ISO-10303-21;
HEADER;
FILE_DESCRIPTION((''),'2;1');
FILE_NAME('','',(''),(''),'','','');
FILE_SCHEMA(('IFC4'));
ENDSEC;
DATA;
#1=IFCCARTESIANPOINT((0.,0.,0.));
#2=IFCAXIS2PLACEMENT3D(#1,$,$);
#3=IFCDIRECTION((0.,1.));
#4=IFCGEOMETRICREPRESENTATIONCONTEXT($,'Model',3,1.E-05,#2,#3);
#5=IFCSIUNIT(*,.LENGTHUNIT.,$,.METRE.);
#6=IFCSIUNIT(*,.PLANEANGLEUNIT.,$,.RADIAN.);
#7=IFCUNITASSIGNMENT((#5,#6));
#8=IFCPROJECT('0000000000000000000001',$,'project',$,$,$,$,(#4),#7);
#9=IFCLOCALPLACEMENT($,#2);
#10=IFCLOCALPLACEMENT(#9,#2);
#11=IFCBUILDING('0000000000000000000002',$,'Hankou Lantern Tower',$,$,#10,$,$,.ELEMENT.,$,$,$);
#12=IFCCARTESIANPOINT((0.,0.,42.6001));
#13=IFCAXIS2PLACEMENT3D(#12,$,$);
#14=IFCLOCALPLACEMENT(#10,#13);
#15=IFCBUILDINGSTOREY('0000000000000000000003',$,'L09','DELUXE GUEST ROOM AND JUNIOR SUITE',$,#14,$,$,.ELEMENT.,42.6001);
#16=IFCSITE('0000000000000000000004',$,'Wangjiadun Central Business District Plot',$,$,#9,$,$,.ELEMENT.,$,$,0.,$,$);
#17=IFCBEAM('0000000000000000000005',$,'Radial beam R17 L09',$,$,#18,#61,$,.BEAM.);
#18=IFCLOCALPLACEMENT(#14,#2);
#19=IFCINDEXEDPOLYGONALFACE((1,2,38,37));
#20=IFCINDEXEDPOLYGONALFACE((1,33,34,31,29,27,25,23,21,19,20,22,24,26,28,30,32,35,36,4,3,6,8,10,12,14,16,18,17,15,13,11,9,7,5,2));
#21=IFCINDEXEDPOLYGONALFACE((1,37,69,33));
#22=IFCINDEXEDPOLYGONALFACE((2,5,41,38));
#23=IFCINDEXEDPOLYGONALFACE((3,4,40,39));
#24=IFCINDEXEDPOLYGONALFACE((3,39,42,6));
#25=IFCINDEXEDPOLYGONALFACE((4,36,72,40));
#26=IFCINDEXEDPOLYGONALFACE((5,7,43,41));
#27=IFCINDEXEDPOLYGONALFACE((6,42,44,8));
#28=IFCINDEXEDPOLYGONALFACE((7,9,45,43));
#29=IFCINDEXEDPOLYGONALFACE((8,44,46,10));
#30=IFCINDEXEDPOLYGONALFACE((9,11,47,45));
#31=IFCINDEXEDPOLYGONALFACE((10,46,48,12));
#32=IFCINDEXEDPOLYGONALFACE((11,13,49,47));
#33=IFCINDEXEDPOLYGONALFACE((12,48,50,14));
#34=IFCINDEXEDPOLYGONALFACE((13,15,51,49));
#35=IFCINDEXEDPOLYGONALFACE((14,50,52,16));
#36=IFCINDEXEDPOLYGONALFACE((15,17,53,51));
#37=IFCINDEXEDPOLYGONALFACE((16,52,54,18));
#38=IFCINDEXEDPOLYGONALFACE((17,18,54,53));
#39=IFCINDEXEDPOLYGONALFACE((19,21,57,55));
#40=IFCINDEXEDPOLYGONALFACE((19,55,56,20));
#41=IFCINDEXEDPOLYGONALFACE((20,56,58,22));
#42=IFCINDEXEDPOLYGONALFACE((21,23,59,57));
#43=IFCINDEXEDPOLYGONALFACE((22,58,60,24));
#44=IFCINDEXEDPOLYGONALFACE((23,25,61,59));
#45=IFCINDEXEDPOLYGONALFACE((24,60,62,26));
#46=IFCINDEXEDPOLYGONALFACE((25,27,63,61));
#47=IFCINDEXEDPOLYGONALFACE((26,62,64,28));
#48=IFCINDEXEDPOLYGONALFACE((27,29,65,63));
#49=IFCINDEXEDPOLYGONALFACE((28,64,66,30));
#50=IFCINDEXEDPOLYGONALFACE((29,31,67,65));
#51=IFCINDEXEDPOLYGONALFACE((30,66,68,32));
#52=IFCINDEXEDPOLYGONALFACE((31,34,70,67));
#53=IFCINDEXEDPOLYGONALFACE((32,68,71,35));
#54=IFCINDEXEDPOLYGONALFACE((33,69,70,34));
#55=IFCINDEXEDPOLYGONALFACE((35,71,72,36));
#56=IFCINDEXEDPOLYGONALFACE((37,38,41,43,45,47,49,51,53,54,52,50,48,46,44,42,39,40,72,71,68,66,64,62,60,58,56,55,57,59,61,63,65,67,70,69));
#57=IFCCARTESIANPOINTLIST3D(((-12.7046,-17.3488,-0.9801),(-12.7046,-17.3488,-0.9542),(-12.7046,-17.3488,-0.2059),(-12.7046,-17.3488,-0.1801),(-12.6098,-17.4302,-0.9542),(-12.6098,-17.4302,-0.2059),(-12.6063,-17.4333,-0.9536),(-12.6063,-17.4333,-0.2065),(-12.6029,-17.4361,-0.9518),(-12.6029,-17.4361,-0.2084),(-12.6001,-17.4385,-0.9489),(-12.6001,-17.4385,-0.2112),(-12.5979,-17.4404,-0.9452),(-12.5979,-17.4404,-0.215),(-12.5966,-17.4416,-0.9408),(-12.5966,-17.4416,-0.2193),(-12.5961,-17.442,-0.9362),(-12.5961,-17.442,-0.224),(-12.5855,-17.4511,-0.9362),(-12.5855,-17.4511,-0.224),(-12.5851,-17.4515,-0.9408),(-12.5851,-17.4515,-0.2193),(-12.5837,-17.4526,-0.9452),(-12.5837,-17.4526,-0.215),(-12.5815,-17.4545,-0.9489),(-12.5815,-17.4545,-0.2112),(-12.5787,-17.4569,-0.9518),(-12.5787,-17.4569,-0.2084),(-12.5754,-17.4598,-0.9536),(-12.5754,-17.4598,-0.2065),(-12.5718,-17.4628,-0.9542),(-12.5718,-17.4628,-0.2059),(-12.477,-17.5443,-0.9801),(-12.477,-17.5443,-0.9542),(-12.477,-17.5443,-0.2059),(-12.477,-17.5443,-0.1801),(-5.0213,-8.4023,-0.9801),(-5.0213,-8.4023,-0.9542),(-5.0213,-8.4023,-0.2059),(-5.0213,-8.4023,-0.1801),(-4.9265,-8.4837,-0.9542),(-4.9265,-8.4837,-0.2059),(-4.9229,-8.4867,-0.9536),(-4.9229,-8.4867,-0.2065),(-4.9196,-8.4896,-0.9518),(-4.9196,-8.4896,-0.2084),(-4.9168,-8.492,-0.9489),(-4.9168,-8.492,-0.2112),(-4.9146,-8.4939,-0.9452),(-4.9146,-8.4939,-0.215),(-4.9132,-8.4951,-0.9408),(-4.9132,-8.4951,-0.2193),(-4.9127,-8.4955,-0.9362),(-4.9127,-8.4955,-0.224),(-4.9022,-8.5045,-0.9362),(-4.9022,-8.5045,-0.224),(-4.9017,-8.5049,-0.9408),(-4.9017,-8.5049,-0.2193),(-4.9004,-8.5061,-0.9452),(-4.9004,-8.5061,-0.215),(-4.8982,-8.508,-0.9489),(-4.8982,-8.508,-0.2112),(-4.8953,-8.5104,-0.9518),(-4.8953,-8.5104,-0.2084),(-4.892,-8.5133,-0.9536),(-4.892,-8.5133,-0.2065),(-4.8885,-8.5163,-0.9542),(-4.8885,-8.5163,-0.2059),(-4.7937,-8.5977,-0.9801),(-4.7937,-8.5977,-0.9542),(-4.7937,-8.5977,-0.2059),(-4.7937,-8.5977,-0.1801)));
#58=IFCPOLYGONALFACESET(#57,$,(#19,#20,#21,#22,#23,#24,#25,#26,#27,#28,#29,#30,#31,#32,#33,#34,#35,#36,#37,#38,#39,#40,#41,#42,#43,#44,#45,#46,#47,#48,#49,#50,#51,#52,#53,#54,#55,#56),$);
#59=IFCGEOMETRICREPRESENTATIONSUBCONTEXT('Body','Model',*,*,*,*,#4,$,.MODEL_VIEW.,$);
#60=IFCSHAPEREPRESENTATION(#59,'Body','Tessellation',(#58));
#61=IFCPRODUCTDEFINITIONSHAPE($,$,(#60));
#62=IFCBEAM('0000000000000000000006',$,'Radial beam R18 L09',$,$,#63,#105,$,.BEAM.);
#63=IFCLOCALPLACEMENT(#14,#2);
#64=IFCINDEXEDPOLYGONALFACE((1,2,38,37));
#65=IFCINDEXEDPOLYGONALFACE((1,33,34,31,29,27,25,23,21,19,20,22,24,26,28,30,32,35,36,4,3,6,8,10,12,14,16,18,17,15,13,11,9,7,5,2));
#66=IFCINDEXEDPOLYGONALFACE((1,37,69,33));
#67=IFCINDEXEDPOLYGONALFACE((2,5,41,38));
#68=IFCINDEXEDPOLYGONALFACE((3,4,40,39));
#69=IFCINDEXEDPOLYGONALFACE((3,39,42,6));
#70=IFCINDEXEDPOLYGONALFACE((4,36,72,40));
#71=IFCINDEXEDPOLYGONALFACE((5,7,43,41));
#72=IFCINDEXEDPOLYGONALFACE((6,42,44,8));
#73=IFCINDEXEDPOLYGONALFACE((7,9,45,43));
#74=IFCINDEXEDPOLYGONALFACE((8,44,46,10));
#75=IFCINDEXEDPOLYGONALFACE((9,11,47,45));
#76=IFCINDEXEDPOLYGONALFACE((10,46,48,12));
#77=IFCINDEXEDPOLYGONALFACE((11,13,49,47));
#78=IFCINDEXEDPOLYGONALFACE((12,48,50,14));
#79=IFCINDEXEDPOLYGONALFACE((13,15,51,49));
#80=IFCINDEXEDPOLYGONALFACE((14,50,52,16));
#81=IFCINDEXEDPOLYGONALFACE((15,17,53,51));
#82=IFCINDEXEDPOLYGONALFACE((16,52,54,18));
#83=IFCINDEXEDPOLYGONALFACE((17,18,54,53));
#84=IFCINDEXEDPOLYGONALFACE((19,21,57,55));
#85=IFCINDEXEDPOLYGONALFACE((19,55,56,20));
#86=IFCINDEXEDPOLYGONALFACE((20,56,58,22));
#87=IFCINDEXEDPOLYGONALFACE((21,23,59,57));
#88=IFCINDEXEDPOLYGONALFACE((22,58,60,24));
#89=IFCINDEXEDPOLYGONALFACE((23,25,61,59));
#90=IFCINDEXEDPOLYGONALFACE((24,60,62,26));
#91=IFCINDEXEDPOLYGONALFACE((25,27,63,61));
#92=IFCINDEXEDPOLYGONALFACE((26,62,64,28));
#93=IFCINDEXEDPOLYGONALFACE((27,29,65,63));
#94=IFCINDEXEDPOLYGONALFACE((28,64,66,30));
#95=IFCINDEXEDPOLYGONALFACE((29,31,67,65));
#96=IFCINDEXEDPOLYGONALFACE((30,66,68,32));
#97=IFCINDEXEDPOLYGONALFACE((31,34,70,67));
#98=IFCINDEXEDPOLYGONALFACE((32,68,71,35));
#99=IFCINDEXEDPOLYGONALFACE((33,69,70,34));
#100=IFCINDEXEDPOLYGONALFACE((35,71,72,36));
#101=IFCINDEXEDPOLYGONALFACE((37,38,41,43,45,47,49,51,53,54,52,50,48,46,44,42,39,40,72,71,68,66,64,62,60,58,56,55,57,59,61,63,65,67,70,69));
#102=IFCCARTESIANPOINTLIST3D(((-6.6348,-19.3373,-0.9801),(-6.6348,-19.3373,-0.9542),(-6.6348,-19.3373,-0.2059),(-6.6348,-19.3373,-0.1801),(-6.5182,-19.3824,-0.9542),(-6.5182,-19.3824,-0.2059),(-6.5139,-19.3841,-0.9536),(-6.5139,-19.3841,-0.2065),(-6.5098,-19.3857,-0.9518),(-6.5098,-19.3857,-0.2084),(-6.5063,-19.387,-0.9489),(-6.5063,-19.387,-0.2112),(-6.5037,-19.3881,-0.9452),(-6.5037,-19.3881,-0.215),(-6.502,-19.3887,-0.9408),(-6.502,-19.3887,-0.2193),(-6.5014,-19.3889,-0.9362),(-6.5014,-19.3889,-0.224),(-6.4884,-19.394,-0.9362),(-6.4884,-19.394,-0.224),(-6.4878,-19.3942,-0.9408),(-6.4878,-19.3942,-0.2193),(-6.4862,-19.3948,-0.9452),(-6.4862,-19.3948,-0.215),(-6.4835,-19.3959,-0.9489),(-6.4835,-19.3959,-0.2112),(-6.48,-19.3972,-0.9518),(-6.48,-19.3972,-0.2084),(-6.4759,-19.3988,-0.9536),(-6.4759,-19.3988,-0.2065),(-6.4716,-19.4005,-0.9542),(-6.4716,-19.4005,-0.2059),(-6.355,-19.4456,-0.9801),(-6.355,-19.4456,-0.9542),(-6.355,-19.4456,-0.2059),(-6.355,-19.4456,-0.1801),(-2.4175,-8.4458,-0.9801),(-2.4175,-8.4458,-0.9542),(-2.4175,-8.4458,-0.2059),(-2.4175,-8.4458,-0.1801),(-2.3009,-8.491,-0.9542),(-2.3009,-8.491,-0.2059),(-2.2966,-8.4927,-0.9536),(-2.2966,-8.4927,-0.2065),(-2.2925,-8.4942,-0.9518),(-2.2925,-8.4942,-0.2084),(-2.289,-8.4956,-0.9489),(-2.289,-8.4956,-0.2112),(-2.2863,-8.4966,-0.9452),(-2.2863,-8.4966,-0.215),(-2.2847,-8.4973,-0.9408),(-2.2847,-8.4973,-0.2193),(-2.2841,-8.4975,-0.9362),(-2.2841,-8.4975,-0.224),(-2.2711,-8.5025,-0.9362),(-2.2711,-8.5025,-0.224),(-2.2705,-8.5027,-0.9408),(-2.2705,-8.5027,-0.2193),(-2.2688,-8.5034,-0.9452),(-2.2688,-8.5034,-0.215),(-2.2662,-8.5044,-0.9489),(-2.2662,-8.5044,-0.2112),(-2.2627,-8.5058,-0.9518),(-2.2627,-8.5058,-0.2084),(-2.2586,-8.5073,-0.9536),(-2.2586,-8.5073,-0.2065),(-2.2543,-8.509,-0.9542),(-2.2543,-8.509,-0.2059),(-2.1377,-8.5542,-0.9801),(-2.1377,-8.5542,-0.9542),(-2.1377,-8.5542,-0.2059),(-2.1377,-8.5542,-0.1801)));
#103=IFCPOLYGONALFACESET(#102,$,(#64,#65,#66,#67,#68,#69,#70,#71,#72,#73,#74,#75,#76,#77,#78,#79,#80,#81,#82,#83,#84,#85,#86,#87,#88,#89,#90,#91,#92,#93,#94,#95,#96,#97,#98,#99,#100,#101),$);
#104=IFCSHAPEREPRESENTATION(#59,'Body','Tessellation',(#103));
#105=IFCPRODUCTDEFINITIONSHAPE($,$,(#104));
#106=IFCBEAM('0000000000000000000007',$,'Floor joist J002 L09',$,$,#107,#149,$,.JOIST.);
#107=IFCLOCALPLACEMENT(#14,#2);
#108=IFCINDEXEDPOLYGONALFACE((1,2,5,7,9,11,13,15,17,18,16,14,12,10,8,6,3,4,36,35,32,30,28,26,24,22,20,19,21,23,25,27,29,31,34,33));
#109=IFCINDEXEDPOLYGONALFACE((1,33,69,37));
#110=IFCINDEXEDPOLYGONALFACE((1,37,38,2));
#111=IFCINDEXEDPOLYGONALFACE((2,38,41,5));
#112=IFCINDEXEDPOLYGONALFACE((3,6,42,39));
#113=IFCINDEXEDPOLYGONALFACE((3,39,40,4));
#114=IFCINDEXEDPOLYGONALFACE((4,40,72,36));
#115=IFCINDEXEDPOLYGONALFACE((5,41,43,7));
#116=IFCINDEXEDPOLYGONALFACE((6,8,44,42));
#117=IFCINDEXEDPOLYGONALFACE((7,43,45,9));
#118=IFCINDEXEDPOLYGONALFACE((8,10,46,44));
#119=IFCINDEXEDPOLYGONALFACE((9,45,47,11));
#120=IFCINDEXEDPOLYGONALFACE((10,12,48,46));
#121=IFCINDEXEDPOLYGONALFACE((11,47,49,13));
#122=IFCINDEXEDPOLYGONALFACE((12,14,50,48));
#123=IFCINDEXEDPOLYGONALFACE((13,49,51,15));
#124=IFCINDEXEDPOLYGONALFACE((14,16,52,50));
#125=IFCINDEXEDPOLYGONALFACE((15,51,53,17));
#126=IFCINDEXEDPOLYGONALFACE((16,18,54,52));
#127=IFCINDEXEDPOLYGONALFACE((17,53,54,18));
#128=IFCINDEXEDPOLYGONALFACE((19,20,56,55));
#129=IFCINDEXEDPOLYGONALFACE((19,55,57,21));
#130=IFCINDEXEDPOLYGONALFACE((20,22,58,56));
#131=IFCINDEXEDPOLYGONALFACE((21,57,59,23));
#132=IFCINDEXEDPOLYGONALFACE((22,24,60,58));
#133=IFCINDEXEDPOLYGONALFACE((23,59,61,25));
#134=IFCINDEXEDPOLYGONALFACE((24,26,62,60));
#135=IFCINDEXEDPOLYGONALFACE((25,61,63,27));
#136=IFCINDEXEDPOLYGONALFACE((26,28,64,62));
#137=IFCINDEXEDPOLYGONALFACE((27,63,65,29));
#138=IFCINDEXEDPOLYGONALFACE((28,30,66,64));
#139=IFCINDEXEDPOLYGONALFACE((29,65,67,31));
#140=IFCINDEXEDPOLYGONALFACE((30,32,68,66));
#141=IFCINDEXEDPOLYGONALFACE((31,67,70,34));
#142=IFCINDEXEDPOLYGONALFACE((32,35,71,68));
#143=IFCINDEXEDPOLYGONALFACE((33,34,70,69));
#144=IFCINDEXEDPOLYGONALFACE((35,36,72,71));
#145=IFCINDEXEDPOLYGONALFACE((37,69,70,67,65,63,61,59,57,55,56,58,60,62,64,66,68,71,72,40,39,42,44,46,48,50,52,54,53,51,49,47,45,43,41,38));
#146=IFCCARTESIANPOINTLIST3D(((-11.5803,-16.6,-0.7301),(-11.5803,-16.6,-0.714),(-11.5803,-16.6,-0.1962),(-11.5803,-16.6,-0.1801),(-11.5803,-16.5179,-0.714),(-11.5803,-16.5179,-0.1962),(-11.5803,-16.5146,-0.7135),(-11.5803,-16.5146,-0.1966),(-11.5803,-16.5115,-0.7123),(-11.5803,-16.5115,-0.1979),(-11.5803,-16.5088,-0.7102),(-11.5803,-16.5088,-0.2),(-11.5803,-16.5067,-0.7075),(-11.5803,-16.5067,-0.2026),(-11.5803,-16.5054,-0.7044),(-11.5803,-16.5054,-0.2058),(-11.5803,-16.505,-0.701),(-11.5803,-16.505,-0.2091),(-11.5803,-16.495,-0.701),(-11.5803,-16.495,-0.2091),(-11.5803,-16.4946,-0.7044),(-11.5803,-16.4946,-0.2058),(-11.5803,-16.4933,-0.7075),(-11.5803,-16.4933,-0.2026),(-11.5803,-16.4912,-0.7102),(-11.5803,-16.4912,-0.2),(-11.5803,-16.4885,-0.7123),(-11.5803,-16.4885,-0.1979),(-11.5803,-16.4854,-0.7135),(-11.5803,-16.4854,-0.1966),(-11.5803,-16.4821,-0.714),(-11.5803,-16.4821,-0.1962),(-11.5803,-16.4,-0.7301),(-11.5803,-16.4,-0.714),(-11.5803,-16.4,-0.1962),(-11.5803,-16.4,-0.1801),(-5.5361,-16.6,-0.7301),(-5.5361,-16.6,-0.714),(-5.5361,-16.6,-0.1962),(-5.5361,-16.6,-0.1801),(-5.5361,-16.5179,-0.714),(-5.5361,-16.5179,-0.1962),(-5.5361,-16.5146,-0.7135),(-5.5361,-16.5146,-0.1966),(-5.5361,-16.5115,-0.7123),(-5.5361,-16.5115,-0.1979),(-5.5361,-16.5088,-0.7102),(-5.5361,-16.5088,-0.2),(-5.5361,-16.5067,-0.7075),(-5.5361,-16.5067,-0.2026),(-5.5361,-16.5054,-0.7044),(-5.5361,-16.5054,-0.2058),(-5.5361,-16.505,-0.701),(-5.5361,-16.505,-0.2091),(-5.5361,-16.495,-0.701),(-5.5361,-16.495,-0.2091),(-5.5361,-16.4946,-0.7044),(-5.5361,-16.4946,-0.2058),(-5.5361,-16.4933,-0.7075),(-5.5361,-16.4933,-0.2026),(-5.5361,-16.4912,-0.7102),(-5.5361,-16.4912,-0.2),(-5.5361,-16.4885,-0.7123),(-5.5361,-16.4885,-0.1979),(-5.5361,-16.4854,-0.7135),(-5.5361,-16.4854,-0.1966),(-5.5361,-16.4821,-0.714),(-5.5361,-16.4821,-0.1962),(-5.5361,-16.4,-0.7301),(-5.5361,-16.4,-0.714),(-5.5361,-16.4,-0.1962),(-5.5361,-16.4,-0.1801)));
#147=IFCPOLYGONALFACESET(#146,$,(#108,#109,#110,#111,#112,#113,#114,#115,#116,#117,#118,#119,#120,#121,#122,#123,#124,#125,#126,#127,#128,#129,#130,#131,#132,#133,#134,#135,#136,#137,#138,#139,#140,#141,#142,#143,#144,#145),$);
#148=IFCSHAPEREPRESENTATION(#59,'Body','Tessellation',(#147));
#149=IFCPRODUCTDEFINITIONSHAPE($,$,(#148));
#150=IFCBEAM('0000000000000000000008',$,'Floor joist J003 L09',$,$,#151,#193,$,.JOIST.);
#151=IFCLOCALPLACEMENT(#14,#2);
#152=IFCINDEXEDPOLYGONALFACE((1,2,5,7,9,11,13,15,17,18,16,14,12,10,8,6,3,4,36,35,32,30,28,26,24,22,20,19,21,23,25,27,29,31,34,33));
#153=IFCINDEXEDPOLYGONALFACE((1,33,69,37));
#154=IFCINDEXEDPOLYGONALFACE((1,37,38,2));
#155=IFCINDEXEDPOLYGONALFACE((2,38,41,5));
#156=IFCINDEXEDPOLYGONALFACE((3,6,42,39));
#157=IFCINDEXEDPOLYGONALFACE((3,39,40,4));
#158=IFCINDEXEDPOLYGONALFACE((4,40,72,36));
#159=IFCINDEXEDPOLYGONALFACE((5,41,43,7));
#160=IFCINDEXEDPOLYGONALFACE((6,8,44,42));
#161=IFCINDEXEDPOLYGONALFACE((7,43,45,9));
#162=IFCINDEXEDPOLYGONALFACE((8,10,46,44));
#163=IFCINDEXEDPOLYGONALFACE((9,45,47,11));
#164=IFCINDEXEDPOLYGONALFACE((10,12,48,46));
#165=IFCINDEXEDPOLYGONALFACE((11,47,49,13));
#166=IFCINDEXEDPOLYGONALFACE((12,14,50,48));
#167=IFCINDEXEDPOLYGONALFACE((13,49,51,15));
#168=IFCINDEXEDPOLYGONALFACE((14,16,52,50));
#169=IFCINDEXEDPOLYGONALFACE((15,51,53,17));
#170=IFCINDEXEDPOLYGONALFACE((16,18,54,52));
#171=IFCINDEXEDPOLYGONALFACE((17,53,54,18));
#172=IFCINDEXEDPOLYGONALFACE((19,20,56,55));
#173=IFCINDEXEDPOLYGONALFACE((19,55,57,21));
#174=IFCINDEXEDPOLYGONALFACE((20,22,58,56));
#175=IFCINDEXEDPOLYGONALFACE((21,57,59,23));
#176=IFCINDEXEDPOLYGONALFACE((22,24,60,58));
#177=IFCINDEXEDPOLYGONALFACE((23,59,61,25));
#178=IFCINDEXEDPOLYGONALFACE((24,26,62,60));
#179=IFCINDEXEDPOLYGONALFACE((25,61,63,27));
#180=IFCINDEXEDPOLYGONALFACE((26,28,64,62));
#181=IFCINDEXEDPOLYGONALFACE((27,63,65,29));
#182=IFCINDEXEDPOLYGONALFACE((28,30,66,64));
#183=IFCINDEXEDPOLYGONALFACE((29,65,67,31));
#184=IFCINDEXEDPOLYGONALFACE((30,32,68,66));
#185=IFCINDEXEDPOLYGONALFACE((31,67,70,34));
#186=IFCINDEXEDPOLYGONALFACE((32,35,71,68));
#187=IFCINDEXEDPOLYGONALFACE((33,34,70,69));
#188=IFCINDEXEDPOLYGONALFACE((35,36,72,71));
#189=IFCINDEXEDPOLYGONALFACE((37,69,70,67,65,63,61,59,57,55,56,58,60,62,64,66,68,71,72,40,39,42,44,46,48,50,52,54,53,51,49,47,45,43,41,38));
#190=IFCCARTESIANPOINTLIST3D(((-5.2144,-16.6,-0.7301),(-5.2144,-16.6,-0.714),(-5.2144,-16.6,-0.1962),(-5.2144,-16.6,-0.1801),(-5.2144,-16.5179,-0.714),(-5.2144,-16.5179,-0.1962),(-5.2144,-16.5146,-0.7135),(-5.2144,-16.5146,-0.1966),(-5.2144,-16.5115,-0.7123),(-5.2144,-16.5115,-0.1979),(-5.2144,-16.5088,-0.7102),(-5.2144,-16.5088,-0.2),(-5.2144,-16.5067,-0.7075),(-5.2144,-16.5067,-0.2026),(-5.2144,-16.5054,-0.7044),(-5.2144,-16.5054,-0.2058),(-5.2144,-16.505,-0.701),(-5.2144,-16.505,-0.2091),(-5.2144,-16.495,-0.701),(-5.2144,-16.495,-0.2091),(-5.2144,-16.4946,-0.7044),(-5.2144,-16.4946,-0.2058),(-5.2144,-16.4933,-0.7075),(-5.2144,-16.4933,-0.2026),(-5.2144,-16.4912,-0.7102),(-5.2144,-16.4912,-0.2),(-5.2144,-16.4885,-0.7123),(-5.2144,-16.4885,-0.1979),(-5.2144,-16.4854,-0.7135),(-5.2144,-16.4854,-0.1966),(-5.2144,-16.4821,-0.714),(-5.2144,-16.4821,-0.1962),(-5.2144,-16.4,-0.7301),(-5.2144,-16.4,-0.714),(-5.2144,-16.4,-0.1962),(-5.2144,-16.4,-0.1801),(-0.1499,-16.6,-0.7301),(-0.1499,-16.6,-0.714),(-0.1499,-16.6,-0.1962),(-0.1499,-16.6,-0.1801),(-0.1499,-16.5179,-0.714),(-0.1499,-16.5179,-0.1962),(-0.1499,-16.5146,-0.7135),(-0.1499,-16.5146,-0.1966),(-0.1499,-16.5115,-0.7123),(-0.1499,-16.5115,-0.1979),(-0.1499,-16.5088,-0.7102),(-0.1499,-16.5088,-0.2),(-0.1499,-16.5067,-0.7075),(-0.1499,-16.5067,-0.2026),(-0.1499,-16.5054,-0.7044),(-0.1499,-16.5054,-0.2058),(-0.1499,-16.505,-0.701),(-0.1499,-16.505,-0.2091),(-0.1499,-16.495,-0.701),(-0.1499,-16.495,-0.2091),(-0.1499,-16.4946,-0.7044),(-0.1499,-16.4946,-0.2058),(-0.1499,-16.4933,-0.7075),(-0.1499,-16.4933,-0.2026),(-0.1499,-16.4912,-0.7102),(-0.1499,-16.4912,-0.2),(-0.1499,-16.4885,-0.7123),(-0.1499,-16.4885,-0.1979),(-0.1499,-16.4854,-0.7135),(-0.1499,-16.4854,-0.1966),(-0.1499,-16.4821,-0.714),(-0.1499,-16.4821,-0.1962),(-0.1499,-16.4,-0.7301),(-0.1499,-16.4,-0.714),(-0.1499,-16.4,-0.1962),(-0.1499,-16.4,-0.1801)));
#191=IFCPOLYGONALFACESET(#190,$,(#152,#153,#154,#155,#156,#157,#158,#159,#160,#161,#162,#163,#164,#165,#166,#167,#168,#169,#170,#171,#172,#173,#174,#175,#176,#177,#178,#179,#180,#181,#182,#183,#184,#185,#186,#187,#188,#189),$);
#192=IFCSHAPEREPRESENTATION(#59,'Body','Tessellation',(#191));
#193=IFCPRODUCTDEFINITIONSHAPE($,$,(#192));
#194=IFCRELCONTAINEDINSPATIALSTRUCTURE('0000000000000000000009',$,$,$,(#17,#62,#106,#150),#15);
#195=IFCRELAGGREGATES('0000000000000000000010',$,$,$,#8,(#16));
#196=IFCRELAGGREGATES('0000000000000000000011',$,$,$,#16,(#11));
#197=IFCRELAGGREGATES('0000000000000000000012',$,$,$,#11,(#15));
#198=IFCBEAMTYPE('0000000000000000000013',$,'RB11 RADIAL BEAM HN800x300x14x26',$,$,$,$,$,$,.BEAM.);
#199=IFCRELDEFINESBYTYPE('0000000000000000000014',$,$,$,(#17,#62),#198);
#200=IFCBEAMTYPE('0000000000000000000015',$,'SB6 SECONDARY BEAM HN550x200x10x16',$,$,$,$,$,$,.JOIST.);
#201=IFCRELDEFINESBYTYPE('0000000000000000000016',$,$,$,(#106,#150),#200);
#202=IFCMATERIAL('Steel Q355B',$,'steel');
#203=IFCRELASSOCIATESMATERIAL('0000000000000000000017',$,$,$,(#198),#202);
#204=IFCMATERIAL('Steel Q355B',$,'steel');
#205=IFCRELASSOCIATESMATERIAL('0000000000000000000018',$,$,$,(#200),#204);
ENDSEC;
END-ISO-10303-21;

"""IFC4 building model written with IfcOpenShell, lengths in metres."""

from ifc_helpers import new_model, si_unit, direction, frame, origin, origin_2d, place, context, subcontext, project, spatial, i_section, extrude, material, material_profile, profile_set, type_object, element, save


model = new_model("IFC4")

# Units and contexts
model_context = context("Model", 3, precision=1e-05, world=origin(), true_north=direction((0.0, 1.0)))
body_context = subcontext(model_context, "Body", "Model", "MODEL_VIEW")
ifc_project = project(units=[si_unit("LENGTHUNIT", "METRE"), si_unit("PLANEANGLEUNIT", "RADIAN")], contexts=[model_context])

# Site, building, storey
site_placement = place(None, origin())
site = spatial("IfcSite", under=ifc_project, at=site_placement, Name="Wangjiadun Central Business District Plot", CompositionType="ELEMENT", RefElevation=0.0)
building_placement = place(site_placement, origin())
building = spatial("IfcBuilding", under=site, at=building_placement, Name="Hankou Lantern Tower", CompositionType="ELEMENT")
storey_placement = place(building_placement, frame((0.0, 0.0, 42.6001)))
storey = spatial("IfcBuildingStorey", under=building, at=storey_placement, Name="L09", Description="DELUXE GUEST ROOM AND JUNIOR SUITE", CompositionType="ELEMENT", Elevation=42.6001)

# Beams
ifc_material_1 = material(Name="Steel Q355B", Category="steel")
ifc_material_profile_1 = material_profile(ifc_material_1, i_section(OverallWidth=0.3, OverallDepth=0.8, WebThickness=0.0139, FlangeThickness=0.0259, FilletRadius=0.0181, at=origin_2d()), Name="HN800x300x14x26")
ifc_profile_set_1 = profile_set([ifc_material_profile_1], Name="Steel Q355B")
beam_type_1 = type_object("IfcBeamType", Name="RB11 RADIAL BEAM HN800x300x14x26", PredefinedType="BEAM", material=ifc_profile_set_1)
beam_1_placement = place(storey_placement, frame((-4.9075, -8.5, -0.5801), z_axis=(-0.651519, -0.758632, 0.0), x_axis=(0.758632, -0.651519, 0.0)))
element("IfcBeam", 1, at=beam_1_placement, inside=storey, type_object=beam_type_1, Name="Radial beam R17 L09", PredefinedType="BEAM", context=body_context, shape_type="SweptSolid", body=[
    extrude(i_section(OverallWidth=0.3, OverallDepth=0.8, WebThickness=0.0139, FlangeThickness=0.0259, FilletRadius=0.0181, at=origin_2d()), origin(), (0.0, 0.0, 1.0), 11.793),
])
beam_2_placement = place(storey_placement, frame((-2.2776, -8.5, -0.5801), z_axis=(-0.361089, -0.932531, 0.0), x_axis=(0.932531, -0.361089, 0.0)))
element("IfcBeam", 2, at=beam_2_placement, inside=storey, type_object=beam_type_1, Name="Radial beam R18 L09", PredefinedType="BEAM", context=body_context, shape_type="SweptSolid", body=[
    extrude(i_section(OverallWidth=0.3, OverallDepth=0.8, WebThickness=0.0139, FlangeThickness=0.0259, FilletRadius=0.0181, at=origin_2d()), origin(), (0.0, 0.0, 1.0), 11.6794),
])
ifc_material_2 = material(Name="Steel Q355B", Category="steel")
ifc_material_profile_2 = material_profile(ifc_material_2, i_section(OverallWidth=0.2, OverallDepth=0.55, WebThickness=0.01, FlangeThickness=0.0161, FilletRadius=0.0129, at=origin_2d()), Name="HN550x200x10x16")
ifc_profile_set_2 = profile_set([ifc_material_profile_2], Name="Steel Q355B")
beam_type_2 = type_object("IfcBeamType", Name="SB6 SECONDARY BEAM HN550x200x10x16", PredefinedType="JOIST", material=ifc_profile_set_2)
beam_3_placement = place(storey_placement, frame((-11.5803, -16.5, -0.4551), z_axis=(1.0, 0.0, 0.0), x_axis=(0.0, 1.0, 0.0)))
element("IfcBeam", 3, at=beam_3_placement, inside=storey, type_object=beam_type_2, Name="Floor joist J002 L09", PredefinedType="JOIST", context=body_context, shape_type="SweptSolid", body=[
    extrude(i_section(OverallWidth=0.2, OverallDepth=0.55, WebThickness=0.01, FlangeThickness=0.0161, FilletRadius=0.0129, at=origin_2d()), origin(), (0.0, 0.0, 1.0), 6.0442),
])
beam_4_placement = place(storey_placement, frame((-5.2144, -16.5, -0.4551), z_axis=(1.0, 0.0, 0.0), x_axis=(0.0, 1.0, 0.0)))
element("IfcBeam", 4, at=beam_4_placement, inside=storey, type_object=beam_type_2, Name="Floor joist J003 L09", PredefinedType="JOIST", context=body_context, shape_type="SweptSolid", body=[
    extrude(i_section(OverallWidth=0.2, OverallDepth=0.55, WebThickness=0.01, FlangeThickness=0.0161, FilletRadius=0.0129, at=origin_2d()), origin(), (0.0, 0.0, 1.0), 5.0645),
])

save(model, "model.ifc")
